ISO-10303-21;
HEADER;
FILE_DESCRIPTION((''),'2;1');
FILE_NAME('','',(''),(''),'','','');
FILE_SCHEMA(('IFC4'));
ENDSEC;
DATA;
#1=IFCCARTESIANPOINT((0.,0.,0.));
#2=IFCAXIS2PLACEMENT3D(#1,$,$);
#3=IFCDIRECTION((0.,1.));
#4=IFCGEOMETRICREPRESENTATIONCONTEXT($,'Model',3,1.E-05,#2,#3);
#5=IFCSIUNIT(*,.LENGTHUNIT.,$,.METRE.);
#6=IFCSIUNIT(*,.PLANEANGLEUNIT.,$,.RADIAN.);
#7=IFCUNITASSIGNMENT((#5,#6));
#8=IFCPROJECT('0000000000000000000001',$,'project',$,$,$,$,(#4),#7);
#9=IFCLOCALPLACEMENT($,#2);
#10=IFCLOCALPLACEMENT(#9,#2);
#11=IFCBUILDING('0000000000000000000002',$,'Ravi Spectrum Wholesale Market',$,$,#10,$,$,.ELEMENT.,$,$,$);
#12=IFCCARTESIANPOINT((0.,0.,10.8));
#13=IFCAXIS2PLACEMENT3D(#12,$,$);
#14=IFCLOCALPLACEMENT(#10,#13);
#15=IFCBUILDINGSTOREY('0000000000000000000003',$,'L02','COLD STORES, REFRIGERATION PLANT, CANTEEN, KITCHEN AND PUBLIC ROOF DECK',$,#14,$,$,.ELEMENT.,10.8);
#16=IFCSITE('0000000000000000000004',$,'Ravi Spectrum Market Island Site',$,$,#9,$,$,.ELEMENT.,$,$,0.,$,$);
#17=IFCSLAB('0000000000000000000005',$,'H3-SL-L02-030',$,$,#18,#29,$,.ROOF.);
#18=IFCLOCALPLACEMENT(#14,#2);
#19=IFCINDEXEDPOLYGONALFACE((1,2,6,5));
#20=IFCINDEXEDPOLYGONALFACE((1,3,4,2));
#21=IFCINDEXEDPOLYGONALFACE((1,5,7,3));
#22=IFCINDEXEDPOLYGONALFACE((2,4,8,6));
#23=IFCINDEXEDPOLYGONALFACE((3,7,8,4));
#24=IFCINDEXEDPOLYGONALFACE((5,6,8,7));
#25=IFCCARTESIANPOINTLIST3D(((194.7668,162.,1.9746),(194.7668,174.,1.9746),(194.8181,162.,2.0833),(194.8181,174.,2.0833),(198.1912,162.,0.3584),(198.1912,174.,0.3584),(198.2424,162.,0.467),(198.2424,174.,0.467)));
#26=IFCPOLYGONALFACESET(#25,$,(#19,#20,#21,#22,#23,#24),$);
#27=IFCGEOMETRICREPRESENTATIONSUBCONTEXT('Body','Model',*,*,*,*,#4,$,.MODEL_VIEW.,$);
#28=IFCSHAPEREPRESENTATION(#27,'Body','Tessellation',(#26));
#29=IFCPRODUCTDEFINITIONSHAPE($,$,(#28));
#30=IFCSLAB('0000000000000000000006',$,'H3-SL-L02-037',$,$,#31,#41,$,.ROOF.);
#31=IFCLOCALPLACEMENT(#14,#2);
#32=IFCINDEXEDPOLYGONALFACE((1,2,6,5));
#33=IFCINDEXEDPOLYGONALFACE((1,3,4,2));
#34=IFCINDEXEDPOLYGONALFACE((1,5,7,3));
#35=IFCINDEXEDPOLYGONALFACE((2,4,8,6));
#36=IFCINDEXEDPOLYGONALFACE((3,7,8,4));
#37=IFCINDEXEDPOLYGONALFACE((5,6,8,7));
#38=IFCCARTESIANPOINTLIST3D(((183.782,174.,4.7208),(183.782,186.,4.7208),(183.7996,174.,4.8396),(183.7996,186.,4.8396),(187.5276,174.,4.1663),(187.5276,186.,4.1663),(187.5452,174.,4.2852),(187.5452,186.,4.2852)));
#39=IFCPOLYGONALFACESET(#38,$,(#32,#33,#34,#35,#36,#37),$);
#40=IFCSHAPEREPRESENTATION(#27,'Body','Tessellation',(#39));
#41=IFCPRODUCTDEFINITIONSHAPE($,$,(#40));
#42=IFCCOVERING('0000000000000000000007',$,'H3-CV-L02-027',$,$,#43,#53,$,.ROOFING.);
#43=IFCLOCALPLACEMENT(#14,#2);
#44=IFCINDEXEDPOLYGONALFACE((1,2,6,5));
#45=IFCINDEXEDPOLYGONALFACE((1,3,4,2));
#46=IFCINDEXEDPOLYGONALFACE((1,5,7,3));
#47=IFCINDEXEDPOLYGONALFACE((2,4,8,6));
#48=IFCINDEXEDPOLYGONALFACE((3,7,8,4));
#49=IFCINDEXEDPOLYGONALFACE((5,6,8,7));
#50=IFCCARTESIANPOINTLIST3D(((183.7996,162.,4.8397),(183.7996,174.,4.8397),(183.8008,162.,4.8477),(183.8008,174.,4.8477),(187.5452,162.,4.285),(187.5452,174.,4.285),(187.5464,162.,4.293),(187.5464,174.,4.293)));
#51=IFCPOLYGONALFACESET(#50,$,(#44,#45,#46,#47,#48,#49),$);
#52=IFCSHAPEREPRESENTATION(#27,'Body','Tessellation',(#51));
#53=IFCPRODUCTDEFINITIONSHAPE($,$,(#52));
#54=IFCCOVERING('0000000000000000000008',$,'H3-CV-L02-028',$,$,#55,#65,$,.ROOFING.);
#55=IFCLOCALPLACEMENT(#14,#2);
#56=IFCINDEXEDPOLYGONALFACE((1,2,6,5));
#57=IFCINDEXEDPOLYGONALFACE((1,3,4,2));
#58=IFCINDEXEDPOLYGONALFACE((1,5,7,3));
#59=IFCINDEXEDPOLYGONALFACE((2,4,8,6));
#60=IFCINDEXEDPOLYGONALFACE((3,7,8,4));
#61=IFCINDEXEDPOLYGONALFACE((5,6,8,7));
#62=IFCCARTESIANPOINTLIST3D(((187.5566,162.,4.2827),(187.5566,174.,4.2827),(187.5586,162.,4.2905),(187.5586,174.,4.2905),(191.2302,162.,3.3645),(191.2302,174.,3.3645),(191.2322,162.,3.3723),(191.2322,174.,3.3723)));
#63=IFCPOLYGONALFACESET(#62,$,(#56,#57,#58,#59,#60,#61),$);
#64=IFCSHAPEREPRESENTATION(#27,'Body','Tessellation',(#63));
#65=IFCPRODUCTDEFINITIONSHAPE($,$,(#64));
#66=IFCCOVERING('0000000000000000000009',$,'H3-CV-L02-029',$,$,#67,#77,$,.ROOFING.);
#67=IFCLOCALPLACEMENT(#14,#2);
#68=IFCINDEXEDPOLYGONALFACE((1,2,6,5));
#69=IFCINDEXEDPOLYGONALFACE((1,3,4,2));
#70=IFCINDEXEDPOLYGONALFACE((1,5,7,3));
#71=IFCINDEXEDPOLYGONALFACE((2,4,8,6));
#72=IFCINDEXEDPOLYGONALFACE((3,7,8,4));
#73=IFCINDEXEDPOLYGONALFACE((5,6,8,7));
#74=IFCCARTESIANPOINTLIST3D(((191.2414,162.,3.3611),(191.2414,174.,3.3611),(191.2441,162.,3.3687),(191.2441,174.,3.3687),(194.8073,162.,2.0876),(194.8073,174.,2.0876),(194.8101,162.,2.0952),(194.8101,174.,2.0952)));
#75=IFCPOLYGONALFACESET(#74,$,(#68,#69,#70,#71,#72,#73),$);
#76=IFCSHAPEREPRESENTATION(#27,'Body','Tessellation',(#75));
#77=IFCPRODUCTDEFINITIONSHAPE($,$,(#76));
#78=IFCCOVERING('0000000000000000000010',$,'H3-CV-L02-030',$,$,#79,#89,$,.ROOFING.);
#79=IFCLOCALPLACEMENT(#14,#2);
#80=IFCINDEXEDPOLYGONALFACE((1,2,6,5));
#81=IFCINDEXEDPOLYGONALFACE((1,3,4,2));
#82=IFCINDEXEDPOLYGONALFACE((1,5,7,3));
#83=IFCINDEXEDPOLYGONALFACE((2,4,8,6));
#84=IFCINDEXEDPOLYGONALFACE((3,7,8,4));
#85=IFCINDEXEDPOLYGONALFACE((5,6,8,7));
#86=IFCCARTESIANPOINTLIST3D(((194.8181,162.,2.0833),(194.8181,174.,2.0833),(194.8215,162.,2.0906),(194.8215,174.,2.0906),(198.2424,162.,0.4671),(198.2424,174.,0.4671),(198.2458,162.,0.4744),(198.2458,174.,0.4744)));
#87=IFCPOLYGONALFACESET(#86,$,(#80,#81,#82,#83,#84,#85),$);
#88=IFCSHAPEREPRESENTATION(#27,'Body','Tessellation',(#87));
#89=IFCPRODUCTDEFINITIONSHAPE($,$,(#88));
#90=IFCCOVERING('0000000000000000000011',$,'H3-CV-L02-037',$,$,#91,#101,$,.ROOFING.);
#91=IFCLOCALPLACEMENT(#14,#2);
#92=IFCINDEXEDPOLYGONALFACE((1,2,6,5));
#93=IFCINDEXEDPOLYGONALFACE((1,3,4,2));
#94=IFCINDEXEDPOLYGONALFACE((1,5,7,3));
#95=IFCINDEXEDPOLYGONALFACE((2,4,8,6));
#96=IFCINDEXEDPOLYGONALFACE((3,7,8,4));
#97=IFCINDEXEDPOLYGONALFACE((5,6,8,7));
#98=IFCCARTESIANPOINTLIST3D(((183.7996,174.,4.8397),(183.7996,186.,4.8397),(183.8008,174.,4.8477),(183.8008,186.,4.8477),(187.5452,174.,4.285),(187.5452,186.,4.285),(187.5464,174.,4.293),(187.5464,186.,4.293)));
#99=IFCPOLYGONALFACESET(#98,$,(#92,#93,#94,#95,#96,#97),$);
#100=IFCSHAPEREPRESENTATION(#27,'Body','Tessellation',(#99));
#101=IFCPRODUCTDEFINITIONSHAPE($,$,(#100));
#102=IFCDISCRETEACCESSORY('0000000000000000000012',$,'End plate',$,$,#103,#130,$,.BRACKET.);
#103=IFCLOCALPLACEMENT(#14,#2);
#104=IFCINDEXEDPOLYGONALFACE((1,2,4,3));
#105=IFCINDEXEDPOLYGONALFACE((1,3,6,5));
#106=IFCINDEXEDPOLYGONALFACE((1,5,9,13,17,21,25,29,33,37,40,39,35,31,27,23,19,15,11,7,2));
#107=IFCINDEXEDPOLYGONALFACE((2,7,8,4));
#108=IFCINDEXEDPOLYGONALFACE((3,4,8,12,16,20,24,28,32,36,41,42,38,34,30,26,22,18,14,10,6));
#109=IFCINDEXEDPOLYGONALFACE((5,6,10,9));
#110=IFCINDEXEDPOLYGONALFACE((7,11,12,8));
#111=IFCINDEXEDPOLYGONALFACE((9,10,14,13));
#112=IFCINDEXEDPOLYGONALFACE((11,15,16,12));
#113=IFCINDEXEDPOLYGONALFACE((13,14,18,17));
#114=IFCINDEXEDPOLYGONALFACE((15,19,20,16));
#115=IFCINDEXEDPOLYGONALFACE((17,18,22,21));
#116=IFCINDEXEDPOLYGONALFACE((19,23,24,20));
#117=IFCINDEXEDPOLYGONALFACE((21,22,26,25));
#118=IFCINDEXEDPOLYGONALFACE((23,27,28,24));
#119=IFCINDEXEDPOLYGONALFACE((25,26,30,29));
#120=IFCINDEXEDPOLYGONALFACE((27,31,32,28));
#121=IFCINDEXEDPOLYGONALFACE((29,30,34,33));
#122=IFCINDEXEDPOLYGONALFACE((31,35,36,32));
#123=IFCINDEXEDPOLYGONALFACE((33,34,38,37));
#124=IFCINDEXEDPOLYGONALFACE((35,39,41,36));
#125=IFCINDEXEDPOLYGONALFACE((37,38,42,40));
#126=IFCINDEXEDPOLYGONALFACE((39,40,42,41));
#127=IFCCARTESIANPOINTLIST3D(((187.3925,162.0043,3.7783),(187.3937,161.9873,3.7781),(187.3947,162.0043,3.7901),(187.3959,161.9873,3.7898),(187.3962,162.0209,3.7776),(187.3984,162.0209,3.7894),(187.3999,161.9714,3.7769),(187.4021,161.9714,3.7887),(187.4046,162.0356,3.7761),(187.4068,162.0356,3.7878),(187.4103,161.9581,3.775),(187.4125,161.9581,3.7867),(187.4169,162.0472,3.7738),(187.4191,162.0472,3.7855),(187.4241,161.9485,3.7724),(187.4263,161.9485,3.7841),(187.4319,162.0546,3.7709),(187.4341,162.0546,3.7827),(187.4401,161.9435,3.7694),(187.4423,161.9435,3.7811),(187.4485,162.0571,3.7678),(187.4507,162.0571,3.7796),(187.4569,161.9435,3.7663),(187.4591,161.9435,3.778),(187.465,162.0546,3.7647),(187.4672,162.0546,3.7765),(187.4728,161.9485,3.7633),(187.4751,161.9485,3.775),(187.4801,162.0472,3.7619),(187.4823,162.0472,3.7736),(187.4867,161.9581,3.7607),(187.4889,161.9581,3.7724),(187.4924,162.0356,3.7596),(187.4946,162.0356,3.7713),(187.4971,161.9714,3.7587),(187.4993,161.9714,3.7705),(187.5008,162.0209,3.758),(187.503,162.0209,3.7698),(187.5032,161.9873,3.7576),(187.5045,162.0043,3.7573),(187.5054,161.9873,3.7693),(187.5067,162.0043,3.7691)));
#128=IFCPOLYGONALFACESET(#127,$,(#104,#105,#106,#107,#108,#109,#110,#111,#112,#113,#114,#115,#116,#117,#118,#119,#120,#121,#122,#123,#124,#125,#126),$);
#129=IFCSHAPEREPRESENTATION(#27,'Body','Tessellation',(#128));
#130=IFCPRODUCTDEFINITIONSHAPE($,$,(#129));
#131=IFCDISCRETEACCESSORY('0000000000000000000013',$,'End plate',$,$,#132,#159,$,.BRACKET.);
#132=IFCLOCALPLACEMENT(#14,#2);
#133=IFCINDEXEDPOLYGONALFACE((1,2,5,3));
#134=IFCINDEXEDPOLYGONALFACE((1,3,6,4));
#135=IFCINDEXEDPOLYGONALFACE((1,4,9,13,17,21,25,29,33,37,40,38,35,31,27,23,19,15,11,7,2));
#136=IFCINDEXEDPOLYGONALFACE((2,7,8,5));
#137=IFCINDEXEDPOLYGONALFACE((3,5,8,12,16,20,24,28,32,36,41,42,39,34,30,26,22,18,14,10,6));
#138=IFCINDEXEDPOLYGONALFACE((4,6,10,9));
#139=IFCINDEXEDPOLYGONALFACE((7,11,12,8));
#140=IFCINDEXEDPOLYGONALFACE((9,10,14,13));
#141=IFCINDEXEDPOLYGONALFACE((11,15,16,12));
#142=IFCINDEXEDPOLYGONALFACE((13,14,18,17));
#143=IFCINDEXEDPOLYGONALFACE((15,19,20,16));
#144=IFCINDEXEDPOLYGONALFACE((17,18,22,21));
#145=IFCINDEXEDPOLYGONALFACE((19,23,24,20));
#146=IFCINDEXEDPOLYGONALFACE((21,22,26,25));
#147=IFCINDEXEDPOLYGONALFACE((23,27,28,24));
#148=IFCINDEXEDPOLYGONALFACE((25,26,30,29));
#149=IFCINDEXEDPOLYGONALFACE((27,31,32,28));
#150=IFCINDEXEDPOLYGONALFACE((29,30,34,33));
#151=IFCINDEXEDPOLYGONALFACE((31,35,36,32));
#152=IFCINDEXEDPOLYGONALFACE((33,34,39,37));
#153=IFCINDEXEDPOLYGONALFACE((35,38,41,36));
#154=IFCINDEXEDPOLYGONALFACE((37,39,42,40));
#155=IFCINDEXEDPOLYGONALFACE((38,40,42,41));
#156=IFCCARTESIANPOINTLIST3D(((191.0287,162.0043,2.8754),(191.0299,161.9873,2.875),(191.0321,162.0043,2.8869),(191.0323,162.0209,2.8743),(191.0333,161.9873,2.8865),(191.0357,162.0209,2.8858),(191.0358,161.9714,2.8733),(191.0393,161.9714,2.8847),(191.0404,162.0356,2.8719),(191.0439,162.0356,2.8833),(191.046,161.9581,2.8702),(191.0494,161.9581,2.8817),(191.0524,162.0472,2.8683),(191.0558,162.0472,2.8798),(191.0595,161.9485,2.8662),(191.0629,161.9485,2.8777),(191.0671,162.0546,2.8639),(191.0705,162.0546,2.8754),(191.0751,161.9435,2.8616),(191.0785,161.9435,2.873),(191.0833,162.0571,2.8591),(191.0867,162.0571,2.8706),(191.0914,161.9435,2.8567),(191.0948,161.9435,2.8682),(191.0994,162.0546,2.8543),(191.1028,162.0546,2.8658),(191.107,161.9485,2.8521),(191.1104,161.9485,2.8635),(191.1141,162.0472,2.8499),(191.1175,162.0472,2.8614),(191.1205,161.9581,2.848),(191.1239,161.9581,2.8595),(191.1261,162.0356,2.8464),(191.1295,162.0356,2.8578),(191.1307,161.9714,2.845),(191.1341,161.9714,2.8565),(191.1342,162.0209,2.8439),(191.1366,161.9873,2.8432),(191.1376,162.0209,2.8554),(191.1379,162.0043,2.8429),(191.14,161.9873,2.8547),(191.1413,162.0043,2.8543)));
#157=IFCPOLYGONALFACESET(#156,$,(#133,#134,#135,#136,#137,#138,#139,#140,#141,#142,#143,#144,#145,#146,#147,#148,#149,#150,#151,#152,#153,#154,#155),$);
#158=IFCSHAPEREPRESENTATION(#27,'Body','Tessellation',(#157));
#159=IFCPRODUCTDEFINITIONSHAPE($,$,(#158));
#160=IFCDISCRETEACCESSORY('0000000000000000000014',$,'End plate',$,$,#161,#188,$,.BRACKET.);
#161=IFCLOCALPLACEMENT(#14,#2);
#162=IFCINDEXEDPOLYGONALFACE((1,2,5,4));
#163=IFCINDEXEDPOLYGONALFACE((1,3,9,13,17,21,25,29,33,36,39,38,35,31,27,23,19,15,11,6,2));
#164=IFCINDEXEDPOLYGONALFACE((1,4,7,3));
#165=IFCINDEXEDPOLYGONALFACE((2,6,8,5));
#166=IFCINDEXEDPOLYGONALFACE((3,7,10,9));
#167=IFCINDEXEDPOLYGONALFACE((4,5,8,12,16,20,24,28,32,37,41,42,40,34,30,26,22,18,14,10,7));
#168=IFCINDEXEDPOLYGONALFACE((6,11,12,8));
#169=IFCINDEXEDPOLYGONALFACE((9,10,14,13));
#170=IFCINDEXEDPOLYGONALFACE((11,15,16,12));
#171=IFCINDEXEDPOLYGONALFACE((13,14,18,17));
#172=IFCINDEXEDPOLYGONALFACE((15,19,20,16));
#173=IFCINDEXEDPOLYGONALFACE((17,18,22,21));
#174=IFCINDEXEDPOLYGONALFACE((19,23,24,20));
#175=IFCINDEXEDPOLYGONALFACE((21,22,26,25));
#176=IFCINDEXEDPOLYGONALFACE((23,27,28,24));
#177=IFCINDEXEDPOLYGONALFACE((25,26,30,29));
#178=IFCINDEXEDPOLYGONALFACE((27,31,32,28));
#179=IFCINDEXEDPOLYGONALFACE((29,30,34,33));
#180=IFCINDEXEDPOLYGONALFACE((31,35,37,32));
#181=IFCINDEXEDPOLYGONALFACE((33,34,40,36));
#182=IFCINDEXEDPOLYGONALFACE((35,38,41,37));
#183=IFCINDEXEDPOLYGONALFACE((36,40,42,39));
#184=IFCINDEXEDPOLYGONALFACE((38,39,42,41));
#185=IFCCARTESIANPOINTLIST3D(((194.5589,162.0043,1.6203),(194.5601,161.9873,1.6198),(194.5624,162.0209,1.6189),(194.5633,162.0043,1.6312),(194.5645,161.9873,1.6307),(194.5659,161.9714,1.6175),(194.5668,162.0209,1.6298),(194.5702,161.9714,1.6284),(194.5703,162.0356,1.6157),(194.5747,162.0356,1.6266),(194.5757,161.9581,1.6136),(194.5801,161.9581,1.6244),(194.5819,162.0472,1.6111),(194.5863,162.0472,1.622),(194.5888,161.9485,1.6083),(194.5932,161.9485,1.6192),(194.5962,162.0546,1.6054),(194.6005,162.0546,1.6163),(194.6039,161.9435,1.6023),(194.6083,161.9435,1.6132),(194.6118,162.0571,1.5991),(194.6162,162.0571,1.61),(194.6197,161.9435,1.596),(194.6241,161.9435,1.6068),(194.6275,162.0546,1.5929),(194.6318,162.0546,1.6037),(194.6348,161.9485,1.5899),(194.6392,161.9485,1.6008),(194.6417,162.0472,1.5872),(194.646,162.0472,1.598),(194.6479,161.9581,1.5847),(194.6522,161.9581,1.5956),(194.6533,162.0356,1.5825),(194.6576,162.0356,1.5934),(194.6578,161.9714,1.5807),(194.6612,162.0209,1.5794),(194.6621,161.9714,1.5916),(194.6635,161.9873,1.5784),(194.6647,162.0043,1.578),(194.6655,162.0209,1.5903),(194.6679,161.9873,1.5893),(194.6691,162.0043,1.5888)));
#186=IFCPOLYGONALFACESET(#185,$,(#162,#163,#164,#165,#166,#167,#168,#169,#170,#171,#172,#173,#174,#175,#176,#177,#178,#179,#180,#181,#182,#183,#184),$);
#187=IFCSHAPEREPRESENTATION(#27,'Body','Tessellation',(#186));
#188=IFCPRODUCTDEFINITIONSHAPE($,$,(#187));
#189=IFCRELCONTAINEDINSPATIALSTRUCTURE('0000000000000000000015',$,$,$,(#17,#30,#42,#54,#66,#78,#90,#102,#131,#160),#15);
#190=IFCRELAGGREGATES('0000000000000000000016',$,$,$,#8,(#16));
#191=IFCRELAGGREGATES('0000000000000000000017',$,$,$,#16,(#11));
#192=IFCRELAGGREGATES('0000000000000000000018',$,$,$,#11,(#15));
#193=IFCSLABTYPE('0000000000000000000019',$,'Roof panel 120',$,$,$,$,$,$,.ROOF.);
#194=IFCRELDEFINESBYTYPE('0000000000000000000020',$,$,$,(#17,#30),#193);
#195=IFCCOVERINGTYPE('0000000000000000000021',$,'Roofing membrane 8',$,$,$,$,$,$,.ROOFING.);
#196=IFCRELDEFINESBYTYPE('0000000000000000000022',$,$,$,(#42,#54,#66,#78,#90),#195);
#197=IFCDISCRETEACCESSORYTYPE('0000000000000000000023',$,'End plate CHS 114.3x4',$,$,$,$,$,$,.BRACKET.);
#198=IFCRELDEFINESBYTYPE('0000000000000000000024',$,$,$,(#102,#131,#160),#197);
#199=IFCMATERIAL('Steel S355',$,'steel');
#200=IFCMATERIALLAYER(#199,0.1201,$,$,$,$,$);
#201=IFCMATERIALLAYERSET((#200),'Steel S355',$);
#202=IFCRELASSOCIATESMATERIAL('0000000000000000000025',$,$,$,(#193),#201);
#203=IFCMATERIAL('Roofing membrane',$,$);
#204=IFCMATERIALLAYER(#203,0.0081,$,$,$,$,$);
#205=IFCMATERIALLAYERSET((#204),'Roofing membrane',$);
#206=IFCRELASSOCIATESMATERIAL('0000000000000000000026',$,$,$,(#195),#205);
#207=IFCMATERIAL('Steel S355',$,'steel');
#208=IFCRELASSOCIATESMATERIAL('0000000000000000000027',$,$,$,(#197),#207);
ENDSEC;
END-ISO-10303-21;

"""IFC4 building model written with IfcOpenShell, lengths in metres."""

from ifc_helpers import new_model, si_unit, direction, frame, origin, origin_2d, place, context, subcontext, project, spatial, polyline, circle, outline, extrude, material, layer, layer_set, material_profile, profile_set, type_object, element, save


model = new_model("IFC4")

# Units and contexts
model_context = context("Model", 3, precision=1e-05, world=origin(), true_north=direction((0.0, 1.0)))
body_context = subcontext(model_context, "Body", "Model", "MODEL_VIEW")
ifc_project = project(units=[si_unit("LENGTHUNIT", "METRE"), si_unit("PLANEANGLEUNIT", "RADIAN")], contexts=[model_context])

# Site, building, storey
site_placement = place(None, origin())
site = spatial("IfcSite", under=ifc_project, at=site_placement, Name="Ravi Spectrum Market Island Site", CompositionType="ELEMENT", RefElevation=0.0)
building_placement = place(site_placement, origin())
building = spatial("IfcBuilding", under=site, at=building_placement, Name="Ravi Spectrum Wholesale Market", CompositionType="ELEMENT")
storey_placement = place(building_placement, frame((0.0, 0.0, 10.8)))
storey = spatial("IfcBuildingStorey", under=building, at=storey_placement, Name="L02", Description="COLD STORES, REFRIGERATION PLANT, CANTEEN, KITCHEN AND PUBLIC ROOF DECK", CompositionType="ELEMENT", Elevation=10.8)

# Slabs
ifc_material_1 = material(Name="Steel S355", Category="steel")
ifc_layer_1 = layer(ifc_material_1, 0.1201)
ifc_layer_set_1 = layer_set([ifc_layer_1], Name="Steel S355")
slab_type = type_object("IfcSlabType", Name="Roof panel 120", PredefinedType="ROOF", material=ifc_layer_set_1)
slab_1_placement = place(storey_placement, frame((194.8181, 162.0, 2.0833), z_axis=(0.426828, 0.0, 0.904333), x_axis=(0.904333, 0.0, -0.426828)))
element("IfcSlab", 1, at=slab_1_placement, inside=storey, type_object=slab_type, Name="H3-SL-L02-030", PredefinedType="ROOF", context=body_context, shape_type="SweptSolid", body=[
    extrude(outline(polyline([(0.0, 0.0), (3.7866, 0.0), (3.7866, 12.0), (0.0, 12.0), (0.0, 0.0)])), origin(), (0.0, 0.0, -1.0), 0.1201),
])
slab_2_placement = place(storey_placement, frame((183.7996, 174.0, 4.8396), z_axis=(0.146429, 0.0, 0.989221), x_axis=(0.989221, 0.0, -0.146429)))
element("IfcSlab", 2, at=slab_2_placement, inside=storey, type_object=slab_type, Name="H3-SL-L02-037", PredefinedType="ROOF", context=body_context, shape_type="SweptSolid", body=[
    extrude(outline(polyline([(0.0, 0.0), (3.7864, 0.0), (3.7864, 12.0), (0.0, 12.0), (0.0, 0.0)])), origin(), (0.0, 0.0, -1.0), 0.1201),
])

# Coverings
ifc_material_2 = material(Name="Roofing membrane")
ifc_layer_2 = layer(ifc_material_2, 0.0081)
ifc_layer_set_2 = layer_set([ifc_layer_2], Name="Roofing membrane")
covering_type = type_object("IfcCoveringType", Name="Roofing membrane 8", PredefinedType="ROOFING", material=ifc_layer_set_2)
covering_1_placement = place(storey_placement, frame((183.8008, 162.0, 4.8477), z_axis=(0.146493, 0.0, 0.989212), x_axis=(0.989212, 0.0, -0.146493)))
element("IfcCovering", 3, at=covering_1_placement, inside=storey, type_object=covering_type, Name="H3-CV-L02-027", PredefinedType="ROOFING", context=body_context, shape_type="SweptSolid", body=[
    extrude(outline(polyline([(0.0, 0.0), (3.7865, 0.0), (3.7865, 12.0), (0.0, 12.0), (0.0, 0.0)])), origin(), (0.0, 0.0, -1.0), 0.0081),
])
covering_2_placement = place(storey_placement, frame((187.5586, 162.0, 4.2905), z_axis=(0.24249, 0.0, 0.970154), x_axis=(0.970154, 0.0, -0.24249)))
element("IfcCovering", 4, at=covering_2_placement, inside=storey, type_object=covering_type, Name="H3-CV-L02-028", PredefinedType="ROOFING", context=body_context, shape_type="SweptSolid", body=[
    extrude(outline(polyline([(0.0, 0.0), (3.7866, 0.0), (3.7866, 12.0), (0.0, 12.0), (0.0, 0.0)])), origin(), (0.0, 0.0, -1.0), 0.0081),
])
covering_3_placement = place(storey_placement, frame((191.2441, 162.0, 3.3687), z_axis=(0.336312, 0.0, 0.941751), x_axis=(0.941751, 0.0, -0.336312)))
element("IfcCovering", 5, at=covering_3_placement, inside=storey, type_object=covering_type, Name="H3-CV-L02-029", PredefinedType="ROOFING", context=body_context, shape_type="SweptSolid", body=[
    extrude(outline(polyline([(0.0, 0.0), (3.7865, 0.0), (3.7865, 12.0), (0.0, 12.0), (0.0, 0.0)])), origin(), (0.0, 0.0, -1.0), 0.0081),
])
covering_4_placement = place(storey_placement, frame((194.8215, 162.0, 2.0906), z_axis=(0.426828, 0.0, 0.904333), x_axis=(0.904333, 0.0, -0.426828)))
element("IfcCovering", 6, at=covering_4_placement, inside=storey, type_object=covering_type, Name="H3-CV-L02-030", PredefinedType="ROOFING", context=body_context, shape_type="SweptSolid", body=[
    extrude(outline(polyline([(0.0, 0.0), (3.7866, 0.0), (3.7866, 12.0), (0.0, 12.0), (0.0, 0.0)])), origin(), (0.0, 0.0, -1.0), 0.0081),
])
covering_5_placement = place(storey_placement, frame((183.8008, 174.0, 4.8477), z_axis=(0.146493, 0.0, 0.989212), x_axis=(0.989212, 0.0, -0.146493)))
element("IfcCovering", 7, at=covering_5_placement, inside=storey, type_object=covering_type, Name="H3-CV-L02-037", PredefinedType="ROOFING", context=body_context, shape_type="SweptSolid", body=[
    extrude(outline(polyline([(0.0, 0.0), (3.7865, 0.0), (3.7865, 12.0), (0.0, 12.0), (0.0, 0.0)])), origin(), (0.0, 0.0, -1.0), 0.0081),
])

# Discrete accessories
ifc_material_3 = material(Name="Steel S355", Category="steel")
ifc_material_profile_1 = material_profile(ifc_material_3, circle(Radius=0.0571, at=origin_2d()))
ifc_profile_set_1 = profile_set([ifc_material_profile_1], Name="Steel S355")
discrete_accessory_type_1 = type_object("IfcDiscreteAccessoryType", Name="End plate CHS 114.3x4", PredefinedType="BRACKET", material=ifc_profile_set_1)
for number, where, z_axis, x_axis, name in (
    (8, (187.4485, 162.0, 3.7678), (0.184289, 0.0, 0.982872), (0.0, 1.0, 0.0), "End plate"),
    (9, (191.0833, 162.0, 2.8591), (0.285477, 0.0, 0.958386), (0.0, 1.0, 0.0), "End plate"),
):
    element("IfcDiscreteAccessory", number, at=place(storey_placement, frame(where, z_axis=z_axis, x_axis=x_axis)), inside=storey, type_object=discrete_accessory_type_1, Name=name, PredefinedType="BRACKET", context=body_context, shape_type="SweptSolid", body=[
        extrude(circle(Radius=0.0571, at=origin_2d()), origin(), (0.0, 0.0, 1.0), 0.012),
    ])
discrete_accessory_placement = place(storey_placement, frame((194.6118, 162.0, 1.5991), z_axis=(0.371391, 0.0, 0.928477), x_axis=(0.0, 1.0, 0.0)))
element("IfcDiscreteAccessory", 10, at=discrete_accessory_placement, inside=storey, type_object=discrete_accessory_type_1, Name="End plate", PredefinedType="BRACKET", context=body_context, shape_type="SweptSolid", body=[
    extrude(circle(Radius=0.0571, at=origin_2d()), origin(), (0.0, 0.0, 1.0), 0.0117),
])

save(model, "model.ifc")
